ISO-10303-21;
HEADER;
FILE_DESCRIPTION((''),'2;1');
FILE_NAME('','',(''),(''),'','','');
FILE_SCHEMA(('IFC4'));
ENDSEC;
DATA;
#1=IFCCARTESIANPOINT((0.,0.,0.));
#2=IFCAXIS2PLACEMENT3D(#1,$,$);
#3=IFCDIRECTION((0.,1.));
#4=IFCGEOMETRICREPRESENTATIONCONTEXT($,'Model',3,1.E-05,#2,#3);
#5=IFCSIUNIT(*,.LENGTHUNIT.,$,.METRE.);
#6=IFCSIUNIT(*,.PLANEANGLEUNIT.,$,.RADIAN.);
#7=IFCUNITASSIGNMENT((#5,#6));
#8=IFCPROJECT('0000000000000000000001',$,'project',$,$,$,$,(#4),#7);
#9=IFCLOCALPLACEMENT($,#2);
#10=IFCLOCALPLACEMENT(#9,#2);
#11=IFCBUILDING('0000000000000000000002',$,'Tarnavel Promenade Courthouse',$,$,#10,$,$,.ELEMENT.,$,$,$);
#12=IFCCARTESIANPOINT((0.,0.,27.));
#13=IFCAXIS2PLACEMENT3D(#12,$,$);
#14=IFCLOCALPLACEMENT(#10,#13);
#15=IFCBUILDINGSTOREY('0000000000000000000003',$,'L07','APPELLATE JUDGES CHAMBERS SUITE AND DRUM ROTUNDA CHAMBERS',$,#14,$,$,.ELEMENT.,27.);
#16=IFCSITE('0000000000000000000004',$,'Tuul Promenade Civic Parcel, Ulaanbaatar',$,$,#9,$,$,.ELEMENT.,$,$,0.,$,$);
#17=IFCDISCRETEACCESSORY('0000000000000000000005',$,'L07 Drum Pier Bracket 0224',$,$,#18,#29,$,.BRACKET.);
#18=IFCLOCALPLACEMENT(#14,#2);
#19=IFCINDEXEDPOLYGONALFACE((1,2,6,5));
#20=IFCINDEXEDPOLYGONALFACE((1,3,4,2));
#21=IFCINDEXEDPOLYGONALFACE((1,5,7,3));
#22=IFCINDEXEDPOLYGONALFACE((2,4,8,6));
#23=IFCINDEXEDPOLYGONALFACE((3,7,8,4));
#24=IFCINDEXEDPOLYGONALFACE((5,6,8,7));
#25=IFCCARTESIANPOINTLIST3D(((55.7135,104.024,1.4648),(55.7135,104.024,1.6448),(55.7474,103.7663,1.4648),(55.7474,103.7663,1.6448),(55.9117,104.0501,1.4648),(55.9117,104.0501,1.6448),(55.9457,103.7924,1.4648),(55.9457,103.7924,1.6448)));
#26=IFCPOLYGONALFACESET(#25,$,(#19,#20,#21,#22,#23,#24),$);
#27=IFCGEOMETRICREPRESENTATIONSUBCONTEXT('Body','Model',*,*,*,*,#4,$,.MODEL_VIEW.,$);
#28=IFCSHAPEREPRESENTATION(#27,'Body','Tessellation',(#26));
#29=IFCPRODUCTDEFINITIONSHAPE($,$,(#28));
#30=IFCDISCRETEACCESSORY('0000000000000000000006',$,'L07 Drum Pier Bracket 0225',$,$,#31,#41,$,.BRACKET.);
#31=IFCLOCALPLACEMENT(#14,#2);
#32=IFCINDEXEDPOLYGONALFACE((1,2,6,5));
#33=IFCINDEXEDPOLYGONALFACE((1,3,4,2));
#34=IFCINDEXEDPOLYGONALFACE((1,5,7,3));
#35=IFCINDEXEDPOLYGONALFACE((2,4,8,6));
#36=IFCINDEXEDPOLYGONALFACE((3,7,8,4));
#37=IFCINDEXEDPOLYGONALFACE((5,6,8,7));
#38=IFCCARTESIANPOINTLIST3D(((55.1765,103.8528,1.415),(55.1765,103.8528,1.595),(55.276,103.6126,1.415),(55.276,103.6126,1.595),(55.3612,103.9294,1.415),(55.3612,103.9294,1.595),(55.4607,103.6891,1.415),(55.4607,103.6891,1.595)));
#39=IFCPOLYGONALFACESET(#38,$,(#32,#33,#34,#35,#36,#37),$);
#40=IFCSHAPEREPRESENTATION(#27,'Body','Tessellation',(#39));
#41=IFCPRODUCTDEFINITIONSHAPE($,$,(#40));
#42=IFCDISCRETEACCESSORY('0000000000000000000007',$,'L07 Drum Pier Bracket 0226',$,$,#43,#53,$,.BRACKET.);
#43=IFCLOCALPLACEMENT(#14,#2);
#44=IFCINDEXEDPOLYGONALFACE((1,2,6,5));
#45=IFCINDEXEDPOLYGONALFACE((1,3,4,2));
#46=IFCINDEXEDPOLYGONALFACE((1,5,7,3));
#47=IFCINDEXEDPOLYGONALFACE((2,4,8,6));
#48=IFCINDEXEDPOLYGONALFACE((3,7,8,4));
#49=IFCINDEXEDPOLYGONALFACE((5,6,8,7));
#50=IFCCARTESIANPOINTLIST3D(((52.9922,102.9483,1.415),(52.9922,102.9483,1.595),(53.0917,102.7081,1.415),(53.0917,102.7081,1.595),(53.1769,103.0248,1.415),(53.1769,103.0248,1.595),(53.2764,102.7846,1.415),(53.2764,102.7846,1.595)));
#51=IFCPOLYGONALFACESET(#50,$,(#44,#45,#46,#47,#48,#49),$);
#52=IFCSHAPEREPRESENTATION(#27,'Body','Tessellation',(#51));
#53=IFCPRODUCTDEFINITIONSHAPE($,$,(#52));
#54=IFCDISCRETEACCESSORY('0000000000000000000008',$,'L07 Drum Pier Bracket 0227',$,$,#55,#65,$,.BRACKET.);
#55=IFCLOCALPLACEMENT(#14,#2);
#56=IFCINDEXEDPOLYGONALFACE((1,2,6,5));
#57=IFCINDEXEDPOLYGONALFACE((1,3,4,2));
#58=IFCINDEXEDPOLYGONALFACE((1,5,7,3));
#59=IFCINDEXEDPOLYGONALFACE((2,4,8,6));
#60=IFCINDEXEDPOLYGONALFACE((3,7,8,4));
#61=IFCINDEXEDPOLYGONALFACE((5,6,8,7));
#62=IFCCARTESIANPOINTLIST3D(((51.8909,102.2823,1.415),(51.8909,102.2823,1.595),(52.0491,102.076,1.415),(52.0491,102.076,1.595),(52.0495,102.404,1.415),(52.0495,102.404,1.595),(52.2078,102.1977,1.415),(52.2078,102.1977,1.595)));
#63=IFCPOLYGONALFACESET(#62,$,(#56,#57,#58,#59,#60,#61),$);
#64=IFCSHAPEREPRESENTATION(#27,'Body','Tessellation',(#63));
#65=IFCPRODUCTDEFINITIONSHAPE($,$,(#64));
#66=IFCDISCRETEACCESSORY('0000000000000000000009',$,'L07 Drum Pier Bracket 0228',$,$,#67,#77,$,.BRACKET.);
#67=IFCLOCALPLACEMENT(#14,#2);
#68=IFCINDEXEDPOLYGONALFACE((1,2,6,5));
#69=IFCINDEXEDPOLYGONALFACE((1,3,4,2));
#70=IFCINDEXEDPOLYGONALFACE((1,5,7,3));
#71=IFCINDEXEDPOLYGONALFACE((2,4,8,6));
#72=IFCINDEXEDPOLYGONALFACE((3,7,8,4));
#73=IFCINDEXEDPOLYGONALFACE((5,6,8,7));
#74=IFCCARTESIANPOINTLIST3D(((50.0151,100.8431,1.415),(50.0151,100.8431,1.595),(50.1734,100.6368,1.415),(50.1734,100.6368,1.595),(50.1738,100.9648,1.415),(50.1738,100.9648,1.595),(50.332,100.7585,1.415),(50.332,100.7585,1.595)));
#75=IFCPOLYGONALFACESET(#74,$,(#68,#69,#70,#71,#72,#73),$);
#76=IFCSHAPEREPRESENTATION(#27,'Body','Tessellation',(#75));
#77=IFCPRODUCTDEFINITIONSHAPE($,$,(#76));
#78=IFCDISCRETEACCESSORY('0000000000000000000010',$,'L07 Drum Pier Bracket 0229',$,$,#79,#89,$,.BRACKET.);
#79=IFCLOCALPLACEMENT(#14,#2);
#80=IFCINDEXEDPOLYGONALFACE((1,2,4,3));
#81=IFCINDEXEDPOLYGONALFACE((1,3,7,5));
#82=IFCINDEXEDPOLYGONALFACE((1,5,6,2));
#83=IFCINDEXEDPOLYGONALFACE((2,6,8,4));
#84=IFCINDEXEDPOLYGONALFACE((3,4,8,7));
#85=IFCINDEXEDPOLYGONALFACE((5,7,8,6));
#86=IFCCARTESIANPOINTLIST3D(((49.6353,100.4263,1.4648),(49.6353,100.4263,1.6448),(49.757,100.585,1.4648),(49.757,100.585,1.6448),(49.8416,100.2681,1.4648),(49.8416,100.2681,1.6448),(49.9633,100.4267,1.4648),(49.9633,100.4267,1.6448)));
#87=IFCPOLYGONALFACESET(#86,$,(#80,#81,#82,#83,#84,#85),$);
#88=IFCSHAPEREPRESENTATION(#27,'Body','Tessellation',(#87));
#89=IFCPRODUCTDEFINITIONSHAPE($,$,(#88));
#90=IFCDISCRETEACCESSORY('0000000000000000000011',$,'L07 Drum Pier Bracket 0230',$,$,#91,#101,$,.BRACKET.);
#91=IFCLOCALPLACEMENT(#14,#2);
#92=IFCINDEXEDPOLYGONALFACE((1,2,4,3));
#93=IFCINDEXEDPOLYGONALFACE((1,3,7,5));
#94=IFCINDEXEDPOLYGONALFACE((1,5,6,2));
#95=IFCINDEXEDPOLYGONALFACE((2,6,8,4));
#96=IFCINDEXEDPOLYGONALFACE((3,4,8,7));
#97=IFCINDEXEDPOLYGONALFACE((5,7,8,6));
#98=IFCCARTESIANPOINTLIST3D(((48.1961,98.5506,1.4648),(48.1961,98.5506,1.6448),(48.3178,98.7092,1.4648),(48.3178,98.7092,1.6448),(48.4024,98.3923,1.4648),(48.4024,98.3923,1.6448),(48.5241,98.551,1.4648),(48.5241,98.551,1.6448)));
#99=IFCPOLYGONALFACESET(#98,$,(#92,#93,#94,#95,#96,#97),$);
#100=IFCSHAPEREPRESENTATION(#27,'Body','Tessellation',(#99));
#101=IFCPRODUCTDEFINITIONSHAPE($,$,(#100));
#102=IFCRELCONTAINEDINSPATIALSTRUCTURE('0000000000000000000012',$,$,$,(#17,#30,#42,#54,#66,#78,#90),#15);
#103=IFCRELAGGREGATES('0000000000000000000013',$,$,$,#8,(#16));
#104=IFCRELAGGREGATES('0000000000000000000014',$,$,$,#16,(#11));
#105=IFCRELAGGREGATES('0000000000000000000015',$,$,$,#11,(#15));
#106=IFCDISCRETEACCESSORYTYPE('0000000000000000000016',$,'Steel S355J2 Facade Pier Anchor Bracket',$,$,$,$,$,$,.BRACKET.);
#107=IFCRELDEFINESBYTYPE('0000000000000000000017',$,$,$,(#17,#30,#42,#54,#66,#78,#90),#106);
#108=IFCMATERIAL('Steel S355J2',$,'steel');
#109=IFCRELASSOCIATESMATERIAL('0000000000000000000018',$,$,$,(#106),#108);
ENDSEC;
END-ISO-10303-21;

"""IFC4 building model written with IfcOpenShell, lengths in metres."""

from ifc_helpers import new_model, si_unit, direction, frame, origin, origin_2d, place, context, subcontext, project, spatial, rectangle, extrude, material, type_object, element, save


model = new_model("IFC4")

# Units and contexts
model_context = context("Model", 3, precision=1e-05, world=origin(), true_north=direction((0.0, 1.0)))
body_context = subcontext(model_context, "Body", "Model", "MODEL_VIEW")
ifc_project = project(units=[si_unit("LENGTHUNIT", "METRE"), si_unit("PLANEANGLEUNIT", "RADIAN")], contexts=[model_context])

# Site, building, storey
site_placement = place(None, origin())
site = spatial("IfcSite", under=ifc_project, at=site_placement, Name="Tuul Promenade Civic Parcel, Ulaanbaatar", CompositionType="ELEMENT", RefElevation=0.0)
building_placement = place(site_placement, origin())
building = spatial("IfcBuilding", under=site, at=building_placement, Name="Tarnavel Promenade Courthouse", CompositionType="ELEMENT")
storey_placement = place(building_placement, frame((0.0, 0.0, 27.0)))
storey = spatial("IfcBuildingStorey", under=building, at=storey_placement, Name="L07", Description="APPELLATE JUDGES CHAMBERS SUITE AND DRUM ROTUNDA CHAMBERS", CompositionType="ELEMENT", Elevation=27.0)

# Shared definitions
ifc_material_1 = material(Name="Steel S355J2", Category="steel")

# Discrete accessories
discrete_accessory_type = type_object("IfcDiscreteAccessoryType", Name="Steel S355J2 Facade Pier Anchor Bracket", PredefinedType="BRACKET", material=ifc_material_1)
for number, where, z_axis, x_axis, name in (
    (1, (55.8296, 103.9082, 1.4648), (0.0, 0.0, 1.0), (-0.991445, -0.130526, 0.0), "L07 Drum Pier Bracket 0224"),
    (2, (55.3186, 103.771, 1.415), (0.0, 0.0, 1.0), (-0.92388, -0.382683, 0.0), "L07 Drum Pier Bracket 0225"),
    (3, (53.1343, 102.8665, 1.415), (0.0, 0.0, 1.0), (-0.92388, -0.382683, 0.0), "L07 Drum Pier Bracket 0226"),
    (4, (52.0493, 102.24, 1.415), (0.0, 0.0, 1.0), (-0.793353, -0.608761, 0.0), "L07 Drum Pier Bracket 0227"),
    (5, (50.1736, 100.8008, 1.415), (0.0, 0.0, 1.0), (-0.793353, -0.608761, 0.0), "L07 Drum Pier Bracket 0228"),
    (6, (49.7993, 100.4265, 1.4648), (0.0, 0.0, 1.0), (-0.608761, -0.793353, 0.0), "L07 Drum Pier Bracket 0229"),
    (7, (48.3601, 98.5508, 1.4648), (0.0, 0.0, 1.0), (-0.608761, -0.793353, 0.0), "L07 Drum Pier Bracket 0230"),
):
    element("IfcDiscreteAccessory", number, at=place(storey_placement, frame(where, z_axis=z_axis, x_axis=x_axis)), inside=storey, type_object=discrete_accessory_type, Name=name, PredefinedType="BRACKET", context=body_context, shape_type="SweptSolid", body=[
        extrude(rectangle(XDim=0.2, YDim=0.26, at=origin_2d()), origin(), (0.0, 0.0, 1.0), 0.1799),
    ])

save(model, "model.ifc")
